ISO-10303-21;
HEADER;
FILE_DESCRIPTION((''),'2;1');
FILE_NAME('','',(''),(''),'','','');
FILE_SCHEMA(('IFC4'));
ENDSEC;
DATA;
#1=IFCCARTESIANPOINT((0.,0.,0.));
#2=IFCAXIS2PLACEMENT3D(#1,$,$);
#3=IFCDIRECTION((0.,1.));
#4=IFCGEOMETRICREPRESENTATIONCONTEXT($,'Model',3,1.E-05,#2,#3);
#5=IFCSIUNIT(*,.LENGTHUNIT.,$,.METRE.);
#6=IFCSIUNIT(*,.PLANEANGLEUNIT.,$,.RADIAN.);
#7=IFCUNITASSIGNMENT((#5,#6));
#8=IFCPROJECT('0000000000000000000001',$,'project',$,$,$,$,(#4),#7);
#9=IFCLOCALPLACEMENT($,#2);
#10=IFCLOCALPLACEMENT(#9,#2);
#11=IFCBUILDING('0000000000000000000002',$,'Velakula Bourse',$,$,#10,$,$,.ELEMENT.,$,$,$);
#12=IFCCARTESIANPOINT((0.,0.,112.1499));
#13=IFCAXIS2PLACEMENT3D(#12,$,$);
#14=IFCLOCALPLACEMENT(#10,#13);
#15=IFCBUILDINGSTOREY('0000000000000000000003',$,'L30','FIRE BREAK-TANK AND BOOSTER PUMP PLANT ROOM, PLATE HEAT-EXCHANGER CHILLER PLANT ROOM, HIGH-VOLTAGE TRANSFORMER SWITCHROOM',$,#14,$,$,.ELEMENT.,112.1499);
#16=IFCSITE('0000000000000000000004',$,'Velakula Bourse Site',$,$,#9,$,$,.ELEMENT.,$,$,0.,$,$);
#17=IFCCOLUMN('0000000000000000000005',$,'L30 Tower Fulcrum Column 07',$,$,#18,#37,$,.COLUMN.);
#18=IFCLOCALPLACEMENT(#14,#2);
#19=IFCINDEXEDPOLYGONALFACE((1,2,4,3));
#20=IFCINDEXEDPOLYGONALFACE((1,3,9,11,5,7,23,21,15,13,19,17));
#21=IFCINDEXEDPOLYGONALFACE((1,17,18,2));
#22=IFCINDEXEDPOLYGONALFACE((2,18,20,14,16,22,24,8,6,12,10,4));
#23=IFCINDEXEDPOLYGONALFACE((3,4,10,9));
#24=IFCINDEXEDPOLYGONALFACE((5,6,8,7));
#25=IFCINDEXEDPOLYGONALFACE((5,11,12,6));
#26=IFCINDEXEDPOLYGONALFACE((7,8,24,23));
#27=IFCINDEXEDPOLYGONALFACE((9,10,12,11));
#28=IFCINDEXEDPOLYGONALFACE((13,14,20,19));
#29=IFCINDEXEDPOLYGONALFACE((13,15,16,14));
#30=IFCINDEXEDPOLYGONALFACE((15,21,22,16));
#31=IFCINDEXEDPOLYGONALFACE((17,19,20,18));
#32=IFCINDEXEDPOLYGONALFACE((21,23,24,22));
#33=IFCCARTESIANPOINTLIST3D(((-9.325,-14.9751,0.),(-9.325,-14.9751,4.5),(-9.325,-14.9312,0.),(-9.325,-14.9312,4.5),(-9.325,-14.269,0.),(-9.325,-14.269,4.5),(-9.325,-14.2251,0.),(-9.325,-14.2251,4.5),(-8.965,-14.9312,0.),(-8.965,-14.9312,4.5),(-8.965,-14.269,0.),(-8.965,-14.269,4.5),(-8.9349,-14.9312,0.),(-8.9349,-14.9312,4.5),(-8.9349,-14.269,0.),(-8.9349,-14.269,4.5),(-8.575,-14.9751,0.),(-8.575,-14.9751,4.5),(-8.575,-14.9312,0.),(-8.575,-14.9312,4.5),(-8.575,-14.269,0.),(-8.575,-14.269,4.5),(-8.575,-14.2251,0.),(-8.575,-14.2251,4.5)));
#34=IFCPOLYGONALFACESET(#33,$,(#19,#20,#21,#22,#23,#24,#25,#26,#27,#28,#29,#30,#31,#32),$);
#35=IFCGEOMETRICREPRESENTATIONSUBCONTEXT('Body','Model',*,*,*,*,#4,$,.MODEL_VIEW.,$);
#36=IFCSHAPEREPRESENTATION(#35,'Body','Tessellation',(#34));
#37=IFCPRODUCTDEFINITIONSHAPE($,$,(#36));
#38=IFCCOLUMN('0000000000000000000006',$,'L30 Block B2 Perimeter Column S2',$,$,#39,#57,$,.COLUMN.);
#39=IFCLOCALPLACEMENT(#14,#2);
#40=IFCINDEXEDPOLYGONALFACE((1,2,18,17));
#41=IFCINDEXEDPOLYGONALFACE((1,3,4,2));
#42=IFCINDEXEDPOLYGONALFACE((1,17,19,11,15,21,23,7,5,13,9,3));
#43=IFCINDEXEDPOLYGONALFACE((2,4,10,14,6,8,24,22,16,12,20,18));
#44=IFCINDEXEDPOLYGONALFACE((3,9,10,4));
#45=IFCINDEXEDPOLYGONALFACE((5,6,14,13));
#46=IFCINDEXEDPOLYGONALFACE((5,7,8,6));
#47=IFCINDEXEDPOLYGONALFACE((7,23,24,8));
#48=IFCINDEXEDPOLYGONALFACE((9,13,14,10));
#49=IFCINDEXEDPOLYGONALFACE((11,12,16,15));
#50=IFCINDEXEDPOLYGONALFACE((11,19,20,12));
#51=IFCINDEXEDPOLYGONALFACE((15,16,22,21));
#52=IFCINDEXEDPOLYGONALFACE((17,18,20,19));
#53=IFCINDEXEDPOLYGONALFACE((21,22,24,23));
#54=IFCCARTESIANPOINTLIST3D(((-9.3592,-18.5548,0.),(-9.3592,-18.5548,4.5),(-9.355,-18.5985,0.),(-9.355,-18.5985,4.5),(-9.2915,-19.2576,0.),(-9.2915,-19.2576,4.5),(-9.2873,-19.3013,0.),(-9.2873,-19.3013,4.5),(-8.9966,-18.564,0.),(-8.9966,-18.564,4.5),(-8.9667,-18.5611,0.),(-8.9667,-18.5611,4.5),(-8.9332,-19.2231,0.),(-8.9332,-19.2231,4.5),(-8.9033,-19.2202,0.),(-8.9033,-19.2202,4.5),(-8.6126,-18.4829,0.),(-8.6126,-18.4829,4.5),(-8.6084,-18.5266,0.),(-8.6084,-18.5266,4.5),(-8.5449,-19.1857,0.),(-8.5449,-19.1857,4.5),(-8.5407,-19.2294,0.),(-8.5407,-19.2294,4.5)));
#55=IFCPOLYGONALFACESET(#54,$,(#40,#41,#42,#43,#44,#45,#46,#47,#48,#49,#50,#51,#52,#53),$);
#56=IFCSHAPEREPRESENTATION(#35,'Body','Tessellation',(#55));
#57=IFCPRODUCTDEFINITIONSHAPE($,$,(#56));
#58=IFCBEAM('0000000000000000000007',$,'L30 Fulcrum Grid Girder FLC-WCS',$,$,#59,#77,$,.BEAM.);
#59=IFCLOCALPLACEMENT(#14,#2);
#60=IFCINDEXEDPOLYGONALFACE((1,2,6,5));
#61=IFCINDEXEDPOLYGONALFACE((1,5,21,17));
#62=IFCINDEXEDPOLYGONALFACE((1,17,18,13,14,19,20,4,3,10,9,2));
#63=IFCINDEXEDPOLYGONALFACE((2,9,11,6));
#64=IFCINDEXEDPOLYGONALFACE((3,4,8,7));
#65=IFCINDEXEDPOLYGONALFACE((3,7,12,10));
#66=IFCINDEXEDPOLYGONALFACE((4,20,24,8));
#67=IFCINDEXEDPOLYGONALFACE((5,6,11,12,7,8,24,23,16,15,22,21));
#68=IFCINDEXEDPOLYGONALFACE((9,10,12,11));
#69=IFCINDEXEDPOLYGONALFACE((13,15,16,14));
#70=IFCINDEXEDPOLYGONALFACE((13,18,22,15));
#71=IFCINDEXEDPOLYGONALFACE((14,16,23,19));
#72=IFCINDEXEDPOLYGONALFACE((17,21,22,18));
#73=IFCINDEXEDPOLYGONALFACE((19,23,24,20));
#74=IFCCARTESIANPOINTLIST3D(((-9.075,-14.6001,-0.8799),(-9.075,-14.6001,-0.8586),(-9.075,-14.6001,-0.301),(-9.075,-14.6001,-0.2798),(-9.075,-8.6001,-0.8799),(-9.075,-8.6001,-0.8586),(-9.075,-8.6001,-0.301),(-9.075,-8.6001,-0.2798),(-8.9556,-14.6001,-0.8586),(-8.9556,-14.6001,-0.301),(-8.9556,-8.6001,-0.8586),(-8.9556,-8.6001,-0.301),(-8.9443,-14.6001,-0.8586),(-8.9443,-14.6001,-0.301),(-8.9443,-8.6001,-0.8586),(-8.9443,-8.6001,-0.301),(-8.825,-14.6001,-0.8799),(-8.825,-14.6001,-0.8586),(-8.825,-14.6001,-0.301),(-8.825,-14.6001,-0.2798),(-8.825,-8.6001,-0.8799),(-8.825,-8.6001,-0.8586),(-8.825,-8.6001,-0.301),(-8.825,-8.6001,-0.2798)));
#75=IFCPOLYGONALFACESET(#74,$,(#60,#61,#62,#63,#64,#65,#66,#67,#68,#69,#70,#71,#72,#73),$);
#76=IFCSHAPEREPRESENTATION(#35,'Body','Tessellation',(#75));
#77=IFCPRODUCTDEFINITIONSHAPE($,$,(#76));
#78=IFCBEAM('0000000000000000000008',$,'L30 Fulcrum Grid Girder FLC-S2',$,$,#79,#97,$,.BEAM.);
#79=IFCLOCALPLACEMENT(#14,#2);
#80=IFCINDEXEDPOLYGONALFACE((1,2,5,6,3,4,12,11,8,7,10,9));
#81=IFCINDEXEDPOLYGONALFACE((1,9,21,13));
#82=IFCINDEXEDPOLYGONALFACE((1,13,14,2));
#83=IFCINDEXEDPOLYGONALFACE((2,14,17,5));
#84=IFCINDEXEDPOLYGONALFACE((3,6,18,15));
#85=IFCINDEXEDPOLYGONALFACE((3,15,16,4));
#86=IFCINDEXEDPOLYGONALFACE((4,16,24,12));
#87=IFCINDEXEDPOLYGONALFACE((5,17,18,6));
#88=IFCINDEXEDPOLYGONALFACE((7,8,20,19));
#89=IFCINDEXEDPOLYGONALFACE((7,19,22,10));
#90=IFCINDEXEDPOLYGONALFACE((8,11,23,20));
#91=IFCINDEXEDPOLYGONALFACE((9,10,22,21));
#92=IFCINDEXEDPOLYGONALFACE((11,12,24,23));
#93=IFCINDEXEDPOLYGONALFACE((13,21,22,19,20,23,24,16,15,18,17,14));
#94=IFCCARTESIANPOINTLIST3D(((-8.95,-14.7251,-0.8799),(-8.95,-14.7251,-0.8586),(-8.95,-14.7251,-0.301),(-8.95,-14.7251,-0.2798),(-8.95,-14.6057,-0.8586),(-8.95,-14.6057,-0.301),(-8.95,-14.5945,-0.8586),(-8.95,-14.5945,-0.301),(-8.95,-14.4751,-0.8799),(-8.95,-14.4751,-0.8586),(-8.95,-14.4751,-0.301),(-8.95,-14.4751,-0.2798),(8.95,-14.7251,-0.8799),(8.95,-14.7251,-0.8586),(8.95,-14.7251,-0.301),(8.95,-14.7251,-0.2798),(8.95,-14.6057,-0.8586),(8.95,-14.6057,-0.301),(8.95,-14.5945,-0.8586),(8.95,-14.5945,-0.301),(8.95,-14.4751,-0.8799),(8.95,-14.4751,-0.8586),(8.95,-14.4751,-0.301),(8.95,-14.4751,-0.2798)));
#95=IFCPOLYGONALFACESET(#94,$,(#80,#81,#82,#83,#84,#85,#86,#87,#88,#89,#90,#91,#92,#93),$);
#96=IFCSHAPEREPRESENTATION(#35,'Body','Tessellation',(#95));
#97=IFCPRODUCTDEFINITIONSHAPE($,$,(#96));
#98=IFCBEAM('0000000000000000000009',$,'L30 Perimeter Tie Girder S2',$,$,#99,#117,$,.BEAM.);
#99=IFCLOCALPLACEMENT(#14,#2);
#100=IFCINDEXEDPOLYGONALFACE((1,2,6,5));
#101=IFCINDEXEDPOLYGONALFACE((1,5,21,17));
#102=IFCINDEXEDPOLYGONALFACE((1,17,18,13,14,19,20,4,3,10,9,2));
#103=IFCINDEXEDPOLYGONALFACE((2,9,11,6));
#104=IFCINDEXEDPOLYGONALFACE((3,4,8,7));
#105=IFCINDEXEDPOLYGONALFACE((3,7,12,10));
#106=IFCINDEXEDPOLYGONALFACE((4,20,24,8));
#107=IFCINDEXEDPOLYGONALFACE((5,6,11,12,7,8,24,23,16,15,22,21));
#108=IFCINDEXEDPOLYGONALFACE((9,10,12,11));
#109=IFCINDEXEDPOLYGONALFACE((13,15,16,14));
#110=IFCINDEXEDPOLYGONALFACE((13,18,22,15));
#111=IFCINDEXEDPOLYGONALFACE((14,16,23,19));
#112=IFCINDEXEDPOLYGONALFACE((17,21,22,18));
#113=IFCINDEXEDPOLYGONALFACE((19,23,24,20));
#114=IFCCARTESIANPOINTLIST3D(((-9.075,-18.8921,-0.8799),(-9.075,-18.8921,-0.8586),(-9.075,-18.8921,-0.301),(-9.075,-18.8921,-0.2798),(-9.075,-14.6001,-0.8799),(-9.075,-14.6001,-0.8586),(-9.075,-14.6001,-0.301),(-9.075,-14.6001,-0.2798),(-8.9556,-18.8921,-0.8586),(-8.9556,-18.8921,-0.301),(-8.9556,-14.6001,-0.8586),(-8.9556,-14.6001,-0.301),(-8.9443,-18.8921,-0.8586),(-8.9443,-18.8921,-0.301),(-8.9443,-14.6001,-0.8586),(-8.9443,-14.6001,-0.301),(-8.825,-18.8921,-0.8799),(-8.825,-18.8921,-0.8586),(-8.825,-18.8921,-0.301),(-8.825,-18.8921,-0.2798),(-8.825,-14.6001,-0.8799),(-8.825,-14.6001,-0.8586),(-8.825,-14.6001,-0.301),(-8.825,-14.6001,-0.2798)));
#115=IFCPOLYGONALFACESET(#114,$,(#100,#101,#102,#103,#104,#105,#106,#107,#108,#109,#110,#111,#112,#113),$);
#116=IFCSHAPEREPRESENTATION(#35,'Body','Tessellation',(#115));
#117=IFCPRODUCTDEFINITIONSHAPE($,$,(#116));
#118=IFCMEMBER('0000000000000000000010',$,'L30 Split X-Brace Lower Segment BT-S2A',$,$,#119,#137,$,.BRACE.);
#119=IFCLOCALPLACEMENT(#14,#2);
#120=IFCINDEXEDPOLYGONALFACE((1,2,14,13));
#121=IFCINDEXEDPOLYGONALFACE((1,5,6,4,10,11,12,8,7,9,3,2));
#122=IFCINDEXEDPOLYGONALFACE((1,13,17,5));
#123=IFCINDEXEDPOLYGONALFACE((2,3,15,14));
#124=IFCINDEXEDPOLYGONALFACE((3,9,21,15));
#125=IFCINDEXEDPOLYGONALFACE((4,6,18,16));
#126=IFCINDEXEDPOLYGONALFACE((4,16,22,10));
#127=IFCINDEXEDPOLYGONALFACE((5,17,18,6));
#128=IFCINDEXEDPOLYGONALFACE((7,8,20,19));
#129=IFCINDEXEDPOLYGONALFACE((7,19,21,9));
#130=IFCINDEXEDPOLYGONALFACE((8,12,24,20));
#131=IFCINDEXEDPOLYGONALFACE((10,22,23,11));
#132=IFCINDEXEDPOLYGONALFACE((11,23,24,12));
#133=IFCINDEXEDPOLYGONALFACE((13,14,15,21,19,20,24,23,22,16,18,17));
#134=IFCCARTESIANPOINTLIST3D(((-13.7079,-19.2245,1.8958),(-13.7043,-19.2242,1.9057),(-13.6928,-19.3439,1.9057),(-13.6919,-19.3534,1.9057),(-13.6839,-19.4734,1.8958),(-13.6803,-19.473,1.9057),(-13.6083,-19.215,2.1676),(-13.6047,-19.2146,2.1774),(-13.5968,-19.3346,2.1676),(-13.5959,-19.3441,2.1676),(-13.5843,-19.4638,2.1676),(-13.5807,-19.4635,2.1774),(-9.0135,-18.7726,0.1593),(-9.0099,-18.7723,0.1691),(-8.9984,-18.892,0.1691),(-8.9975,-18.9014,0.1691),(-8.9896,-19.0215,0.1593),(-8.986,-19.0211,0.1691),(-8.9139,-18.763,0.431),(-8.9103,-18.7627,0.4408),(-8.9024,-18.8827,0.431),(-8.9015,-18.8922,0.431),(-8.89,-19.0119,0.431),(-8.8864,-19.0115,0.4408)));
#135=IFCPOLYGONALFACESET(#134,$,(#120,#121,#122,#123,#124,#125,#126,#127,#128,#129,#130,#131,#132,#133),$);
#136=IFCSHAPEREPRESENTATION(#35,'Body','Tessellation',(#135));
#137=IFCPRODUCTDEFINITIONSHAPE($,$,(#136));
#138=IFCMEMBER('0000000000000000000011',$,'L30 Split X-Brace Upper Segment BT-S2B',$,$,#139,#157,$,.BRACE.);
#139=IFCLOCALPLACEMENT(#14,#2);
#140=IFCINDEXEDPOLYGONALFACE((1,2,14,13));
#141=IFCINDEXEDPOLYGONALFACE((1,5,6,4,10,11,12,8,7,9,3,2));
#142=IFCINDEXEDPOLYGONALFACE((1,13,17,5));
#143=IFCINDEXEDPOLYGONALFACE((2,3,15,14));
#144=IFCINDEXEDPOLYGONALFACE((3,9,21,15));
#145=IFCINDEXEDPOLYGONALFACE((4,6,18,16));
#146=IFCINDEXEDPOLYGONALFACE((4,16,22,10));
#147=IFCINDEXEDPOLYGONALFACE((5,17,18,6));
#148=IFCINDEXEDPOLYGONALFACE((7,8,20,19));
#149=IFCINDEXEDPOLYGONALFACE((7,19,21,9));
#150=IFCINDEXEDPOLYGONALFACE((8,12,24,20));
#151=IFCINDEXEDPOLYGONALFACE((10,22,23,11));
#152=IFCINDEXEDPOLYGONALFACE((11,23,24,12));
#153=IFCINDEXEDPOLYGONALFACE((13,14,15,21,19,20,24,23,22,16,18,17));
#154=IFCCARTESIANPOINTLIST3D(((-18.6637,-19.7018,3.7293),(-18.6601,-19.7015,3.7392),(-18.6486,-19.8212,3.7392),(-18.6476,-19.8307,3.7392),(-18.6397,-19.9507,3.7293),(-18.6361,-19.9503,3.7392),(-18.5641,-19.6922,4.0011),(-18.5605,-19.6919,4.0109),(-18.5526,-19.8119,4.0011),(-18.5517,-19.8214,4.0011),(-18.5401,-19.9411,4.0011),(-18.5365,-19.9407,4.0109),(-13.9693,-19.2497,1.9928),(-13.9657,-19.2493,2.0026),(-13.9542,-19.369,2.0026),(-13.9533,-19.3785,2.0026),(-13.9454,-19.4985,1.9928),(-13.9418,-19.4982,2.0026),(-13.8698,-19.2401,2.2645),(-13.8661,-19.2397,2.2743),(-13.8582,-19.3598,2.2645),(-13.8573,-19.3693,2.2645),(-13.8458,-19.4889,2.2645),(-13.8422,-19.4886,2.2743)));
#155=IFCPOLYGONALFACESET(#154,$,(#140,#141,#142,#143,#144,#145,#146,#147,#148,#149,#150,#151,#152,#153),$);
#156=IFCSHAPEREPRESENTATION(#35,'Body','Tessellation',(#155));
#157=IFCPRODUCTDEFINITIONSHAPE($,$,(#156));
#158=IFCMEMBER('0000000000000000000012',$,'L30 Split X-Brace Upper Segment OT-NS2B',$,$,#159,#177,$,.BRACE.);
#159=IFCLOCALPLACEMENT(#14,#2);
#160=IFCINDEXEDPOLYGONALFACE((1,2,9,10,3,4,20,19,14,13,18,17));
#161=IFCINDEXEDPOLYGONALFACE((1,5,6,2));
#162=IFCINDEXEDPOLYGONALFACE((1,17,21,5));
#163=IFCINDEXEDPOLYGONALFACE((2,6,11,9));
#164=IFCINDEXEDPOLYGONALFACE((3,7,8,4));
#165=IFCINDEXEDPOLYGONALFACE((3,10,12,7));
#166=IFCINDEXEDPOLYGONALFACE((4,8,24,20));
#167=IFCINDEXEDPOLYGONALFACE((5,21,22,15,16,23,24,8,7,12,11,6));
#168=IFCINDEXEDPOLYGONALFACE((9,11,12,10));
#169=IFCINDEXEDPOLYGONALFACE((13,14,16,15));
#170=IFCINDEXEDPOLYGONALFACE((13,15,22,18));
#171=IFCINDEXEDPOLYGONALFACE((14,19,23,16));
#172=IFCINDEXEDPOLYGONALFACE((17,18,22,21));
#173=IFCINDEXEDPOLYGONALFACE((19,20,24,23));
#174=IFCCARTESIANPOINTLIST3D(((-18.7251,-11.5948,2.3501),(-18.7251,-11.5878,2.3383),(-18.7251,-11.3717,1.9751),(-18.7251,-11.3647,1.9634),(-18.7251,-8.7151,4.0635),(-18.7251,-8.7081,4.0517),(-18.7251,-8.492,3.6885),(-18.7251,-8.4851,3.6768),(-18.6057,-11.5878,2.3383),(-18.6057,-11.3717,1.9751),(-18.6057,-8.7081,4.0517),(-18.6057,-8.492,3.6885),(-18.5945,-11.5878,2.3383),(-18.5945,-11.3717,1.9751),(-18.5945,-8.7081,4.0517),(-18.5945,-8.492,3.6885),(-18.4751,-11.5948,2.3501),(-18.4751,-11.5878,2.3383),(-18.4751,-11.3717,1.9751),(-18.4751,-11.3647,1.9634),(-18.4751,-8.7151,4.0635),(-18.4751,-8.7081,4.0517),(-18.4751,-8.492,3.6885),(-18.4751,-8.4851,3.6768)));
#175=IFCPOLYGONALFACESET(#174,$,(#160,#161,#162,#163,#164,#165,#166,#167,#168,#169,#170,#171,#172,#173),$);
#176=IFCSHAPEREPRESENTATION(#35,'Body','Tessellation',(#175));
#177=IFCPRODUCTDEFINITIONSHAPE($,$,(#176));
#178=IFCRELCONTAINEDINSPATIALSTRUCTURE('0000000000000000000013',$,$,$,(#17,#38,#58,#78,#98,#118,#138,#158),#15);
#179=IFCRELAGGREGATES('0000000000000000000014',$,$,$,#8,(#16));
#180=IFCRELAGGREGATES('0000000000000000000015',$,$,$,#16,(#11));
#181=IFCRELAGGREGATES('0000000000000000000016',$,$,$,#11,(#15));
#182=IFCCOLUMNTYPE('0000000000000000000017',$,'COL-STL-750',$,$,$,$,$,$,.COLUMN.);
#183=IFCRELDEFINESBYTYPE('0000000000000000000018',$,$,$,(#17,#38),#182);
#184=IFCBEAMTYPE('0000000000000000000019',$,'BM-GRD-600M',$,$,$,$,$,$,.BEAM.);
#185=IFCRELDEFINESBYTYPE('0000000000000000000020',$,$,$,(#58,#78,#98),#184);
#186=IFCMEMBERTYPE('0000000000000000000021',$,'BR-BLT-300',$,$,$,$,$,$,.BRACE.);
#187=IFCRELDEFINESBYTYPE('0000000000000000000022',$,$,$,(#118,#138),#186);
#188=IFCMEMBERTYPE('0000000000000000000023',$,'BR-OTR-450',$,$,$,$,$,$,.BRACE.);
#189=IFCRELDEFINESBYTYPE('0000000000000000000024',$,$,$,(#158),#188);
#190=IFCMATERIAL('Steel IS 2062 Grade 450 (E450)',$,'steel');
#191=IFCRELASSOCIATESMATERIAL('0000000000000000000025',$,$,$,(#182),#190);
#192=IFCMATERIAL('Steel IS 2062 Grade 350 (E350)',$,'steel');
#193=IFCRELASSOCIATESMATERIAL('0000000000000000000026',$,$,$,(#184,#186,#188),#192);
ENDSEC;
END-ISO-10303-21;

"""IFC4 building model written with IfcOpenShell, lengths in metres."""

from ifc_helpers import new_model, si_unit, direction, frame, origin, origin_2d, place, context, subcontext, project, spatial, i_section, extrude, material, material_profile, profile_set, type_object, element, save


model = new_model("IFC4")

# Units and contexts
model_context = context("Model", 3, precision=1e-05, world=origin(), true_north=direction((0.0, 1.0)))
body_context = subcontext(model_context, "Body", "Model", "MODEL_VIEW")
ifc_project = project(units=[si_unit("LENGTHUNIT", "METRE"), si_unit("PLANEANGLEUNIT", "RADIAN")], contexts=[model_context])

# Site, building, storey
site_placement = place(None, origin())
site = spatial("IfcSite", under=ifc_project, at=site_placement, Name="Velakula Bourse Site", CompositionType="ELEMENT", RefElevation=0.0)
building_placement = place(site_placement, origin())
building = spatial("IfcBuilding", under=site, at=building_placement, Name="Velakula Bourse", CompositionType="ELEMENT")
storey_placement = place(building_placement, frame((0.0, 0.0, 112.1499)))
storey = spatial("IfcBuildingStorey", under=building, at=storey_placement, Name="L30", Description="FIRE BREAK-TANK AND BOOSTER PUMP PLANT ROOM, PLATE HEAT-EXCHANGER CHILLER PLANT ROOM, HIGH-VOLTAGE TRANSFORMER SWITCHROOM", CompositionType="ELEMENT", Elevation=112.1499)

# Columns
ifc_material_1 = material(Name="Steel IS 2062 Grade 450 (E450)", Category="steel")
ifc_material_profile_1 = material_profile(ifc_material_1, i_section(OverallWidth=0.75, OverallDepth=0.75, WebThickness=0.03, FlangeThickness=0.0439, at=origin_2d()), Name="Steel IS 2062 Grade 450 (E450)")
ifc_profile_set_1 = profile_set([ifc_material_profile_1], Name="Steel IS 2062 Grade 450 (E450)")
column_type = type_object("IfcColumnType", Name="COL-STL-750", PredefinedType="COLUMN", material=ifc_profile_set_1)
for number, where, z_axis, x_axis, name in (
    (1, (-8.95, -14.6001, 0.0), (0.0, 0.0, 1.0), (1.0, 0.0, 0.0), "L30 Tower Fulcrum Column 07"),
    (2, (-8.95, -18.8921, 0.0), (0.0, 0.0, 1.0), (0.995396, 0.095846, 0.0), "L30 Block B2 Perimeter Column S2"),
):
    element("IfcColumn", number, at=place(storey_placement, frame(where, z_axis=z_axis, x_axis=x_axis)), inside=storey, type_object=column_type, Name=name, PredefinedType="COLUMN", context=body_context, shape_type="SweptSolid", body=[
        extrude(i_section(OverallWidth=0.75, OverallDepth=0.75, WebThickness=0.03, FlangeThickness=0.0439, at=origin_2d()), origin(), (0.0, 0.0, 1.0), 4.5),
    ])

# Beams
ifc_material_2 = material(Name="Steel IS 2062 Grade 350 (E350)", Category="steel")
ifc_material_profile_2 = material_profile(ifc_material_2, i_section(OverallWidth=0.25, OverallDepth=0.6001, WebThickness=0.0112, FlangeThickness=0.0212, at=origin_2d()), Name="Steel IS 2062 Grade 350 (E350)")
ifc_profile_set_2 = profile_set([ifc_material_profile_2], Name="Steel IS 2062 Grade 350 (E350)")
beam_type_1 = type_object("IfcBeamType", Name="BM-GRD-600M", PredefinedType="BEAM", material=ifc_profile_set_2)
beam_1_placement = place(storey_placement, frame((-8.95, -14.6001, -0.5798), z_axis=(0.0, 1.0, 0.0), x_axis=(-1.0, 0.0, 0.0)))
element("IfcBeam", 3, at=beam_1_placement, inside=storey, type_object=beam_type_1, Name="L30 Fulcrum Grid Girder FLC-WCS", PredefinedType="BEAM", context=body_context, shape_type="SweptSolid", body=[
    extrude(i_section(OverallWidth=0.25, OverallDepth=0.6001, WebThickness=0.0112, FlangeThickness=0.0212, at=origin_2d()), origin(), (0.0, 0.0, 1.0), 6.0),
])
beam_2_placement = place(storey_placement, frame((-8.95, -14.6001, -0.5798), z_axis=(1.0, 0.0, 0.0), x_axis=(0.0, 1.0, 0.0)))
element("IfcBeam", 4, at=beam_2_placement, inside=storey, type_object=beam_type_1, Name="L30 Fulcrum Grid Girder FLC-S2", PredefinedType="BEAM", context=body_context, shape_type="SweptSolid", body=[
    extrude(i_section(OverallWidth=0.25, OverallDepth=0.6001, WebThickness=0.0112, FlangeThickness=0.0212, at=origin_2d()), origin(), (0.0, 0.0, 1.0), 17.8999),
])
beam_3_placement = place(storey_placement, frame((-8.95, -14.6001, -0.5798), z_axis=(0.0, -1.0, 0.0), x_axis=(1.0, 0.0, 0.0)))
element("IfcBeam", 5, at=beam_3_placement, inside=storey, type_object=beam_type_1, Name="L30 Perimeter Tie Girder S2", PredefinedType="BEAM", context=body_context, shape_type="SweptSolid", body=[
    extrude(i_section(OverallWidth=0.25, OverallDepth=0.6001, WebThickness=0.0112, FlangeThickness=0.0212, at=origin_2d()), origin(), (0.0, 0.0, 1.0), 4.292),
])

# Members
ifc_material_profile_3 = material_profile(ifc_material_2, i_section(OverallWidth=0.25, OverallDepth=0.3, WebThickness=0.0095, FlangeThickness=0.0105, at=origin_2d()), Name="Steel IS 2062 Grade 350 (E350)")
ifc_profile_set_3 = profile_set([ifc_material_profile_3], Name="Steel IS 2062 Grade 350 (E350)")
member_type_1 = type_object("IfcMemberType", Name="BR-BLT-300", PredefinedType="BRACE", material=ifc_profile_set_3)
for number, where, z_axis, x_axis, name in (
    (6, (-8.95, -18.8921, 0.3), (-0.934084, -0.08992, 0.345545), (0.095823, -0.995398, 0.0), "L30 Split X-Brace Lower Segment BT-S2A"),
    (7, (-13.9058, -19.3691, 2.1335), (-0.93408, -0.089969, 0.345544), (0.095874, -0.995393, 0.0), "L30 Split X-Brace Upper Segment BT-S2B"),
):
    element("IfcMember", number, at=place(storey_placement, frame(where, z_axis=z_axis, x_axis=x_axis)), inside=storey, type_object=member_type_1, Name=name, PredefinedType="BRACE", context=body_context, shape_type="SweptSolid", body=[
        extrude(i_section(OverallWidth=0.25, OverallDepth=0.3, WebThickness=0.0095, FlangeThickness=0.0105, at=origin_2d()), origin(), (0.0, 0.0, 1.0), 5.0256),
    ])
ifc_material_profile_4 = material_profile(ifc_material_2, i_section(OverallWidth=0.25, OverallDepth=0.45, WebThickness=0.0112, FlangeThickness=0.0137, at=origin_2d()), Name="Steel IS 2062 Grade 350 (E350)")
ifc_profile_set_4 = profile_set([ifc_material_profile_4], Name="Steel IS 2062 Grade 350 (E350)")
member_type_2 = type_object("IfcMemberType", Name="BR-OTR-450", PredefinedType="BRACE", material=ifc_profile_set_4)
member_placement = place(storey_placement, frame((-18.6001, -11.4797, 2.1567), z_axis=(0.0, 0.859384, 0.511331), x_axis=(-1.0, 0.0, 0.0)))
element("IfcMember", 8, at=member_placement, inside=storey, type_object=member_type_2, Name="L30 Split X-Brace Upper Segment OT-NS2B", PredefinedType="BRACE", context=body_context, shape_type="SweptSolid", body=[
    extrude(i_section(OverallWidth=0.25, OverallDepth=0.45, WebThickness=0.0112, FlangeThickness=0.0137, at=origin_2d()), origin(), (0.0, 0.0, 1.0), 3.3508),
])

save(model, "model.ifc")
